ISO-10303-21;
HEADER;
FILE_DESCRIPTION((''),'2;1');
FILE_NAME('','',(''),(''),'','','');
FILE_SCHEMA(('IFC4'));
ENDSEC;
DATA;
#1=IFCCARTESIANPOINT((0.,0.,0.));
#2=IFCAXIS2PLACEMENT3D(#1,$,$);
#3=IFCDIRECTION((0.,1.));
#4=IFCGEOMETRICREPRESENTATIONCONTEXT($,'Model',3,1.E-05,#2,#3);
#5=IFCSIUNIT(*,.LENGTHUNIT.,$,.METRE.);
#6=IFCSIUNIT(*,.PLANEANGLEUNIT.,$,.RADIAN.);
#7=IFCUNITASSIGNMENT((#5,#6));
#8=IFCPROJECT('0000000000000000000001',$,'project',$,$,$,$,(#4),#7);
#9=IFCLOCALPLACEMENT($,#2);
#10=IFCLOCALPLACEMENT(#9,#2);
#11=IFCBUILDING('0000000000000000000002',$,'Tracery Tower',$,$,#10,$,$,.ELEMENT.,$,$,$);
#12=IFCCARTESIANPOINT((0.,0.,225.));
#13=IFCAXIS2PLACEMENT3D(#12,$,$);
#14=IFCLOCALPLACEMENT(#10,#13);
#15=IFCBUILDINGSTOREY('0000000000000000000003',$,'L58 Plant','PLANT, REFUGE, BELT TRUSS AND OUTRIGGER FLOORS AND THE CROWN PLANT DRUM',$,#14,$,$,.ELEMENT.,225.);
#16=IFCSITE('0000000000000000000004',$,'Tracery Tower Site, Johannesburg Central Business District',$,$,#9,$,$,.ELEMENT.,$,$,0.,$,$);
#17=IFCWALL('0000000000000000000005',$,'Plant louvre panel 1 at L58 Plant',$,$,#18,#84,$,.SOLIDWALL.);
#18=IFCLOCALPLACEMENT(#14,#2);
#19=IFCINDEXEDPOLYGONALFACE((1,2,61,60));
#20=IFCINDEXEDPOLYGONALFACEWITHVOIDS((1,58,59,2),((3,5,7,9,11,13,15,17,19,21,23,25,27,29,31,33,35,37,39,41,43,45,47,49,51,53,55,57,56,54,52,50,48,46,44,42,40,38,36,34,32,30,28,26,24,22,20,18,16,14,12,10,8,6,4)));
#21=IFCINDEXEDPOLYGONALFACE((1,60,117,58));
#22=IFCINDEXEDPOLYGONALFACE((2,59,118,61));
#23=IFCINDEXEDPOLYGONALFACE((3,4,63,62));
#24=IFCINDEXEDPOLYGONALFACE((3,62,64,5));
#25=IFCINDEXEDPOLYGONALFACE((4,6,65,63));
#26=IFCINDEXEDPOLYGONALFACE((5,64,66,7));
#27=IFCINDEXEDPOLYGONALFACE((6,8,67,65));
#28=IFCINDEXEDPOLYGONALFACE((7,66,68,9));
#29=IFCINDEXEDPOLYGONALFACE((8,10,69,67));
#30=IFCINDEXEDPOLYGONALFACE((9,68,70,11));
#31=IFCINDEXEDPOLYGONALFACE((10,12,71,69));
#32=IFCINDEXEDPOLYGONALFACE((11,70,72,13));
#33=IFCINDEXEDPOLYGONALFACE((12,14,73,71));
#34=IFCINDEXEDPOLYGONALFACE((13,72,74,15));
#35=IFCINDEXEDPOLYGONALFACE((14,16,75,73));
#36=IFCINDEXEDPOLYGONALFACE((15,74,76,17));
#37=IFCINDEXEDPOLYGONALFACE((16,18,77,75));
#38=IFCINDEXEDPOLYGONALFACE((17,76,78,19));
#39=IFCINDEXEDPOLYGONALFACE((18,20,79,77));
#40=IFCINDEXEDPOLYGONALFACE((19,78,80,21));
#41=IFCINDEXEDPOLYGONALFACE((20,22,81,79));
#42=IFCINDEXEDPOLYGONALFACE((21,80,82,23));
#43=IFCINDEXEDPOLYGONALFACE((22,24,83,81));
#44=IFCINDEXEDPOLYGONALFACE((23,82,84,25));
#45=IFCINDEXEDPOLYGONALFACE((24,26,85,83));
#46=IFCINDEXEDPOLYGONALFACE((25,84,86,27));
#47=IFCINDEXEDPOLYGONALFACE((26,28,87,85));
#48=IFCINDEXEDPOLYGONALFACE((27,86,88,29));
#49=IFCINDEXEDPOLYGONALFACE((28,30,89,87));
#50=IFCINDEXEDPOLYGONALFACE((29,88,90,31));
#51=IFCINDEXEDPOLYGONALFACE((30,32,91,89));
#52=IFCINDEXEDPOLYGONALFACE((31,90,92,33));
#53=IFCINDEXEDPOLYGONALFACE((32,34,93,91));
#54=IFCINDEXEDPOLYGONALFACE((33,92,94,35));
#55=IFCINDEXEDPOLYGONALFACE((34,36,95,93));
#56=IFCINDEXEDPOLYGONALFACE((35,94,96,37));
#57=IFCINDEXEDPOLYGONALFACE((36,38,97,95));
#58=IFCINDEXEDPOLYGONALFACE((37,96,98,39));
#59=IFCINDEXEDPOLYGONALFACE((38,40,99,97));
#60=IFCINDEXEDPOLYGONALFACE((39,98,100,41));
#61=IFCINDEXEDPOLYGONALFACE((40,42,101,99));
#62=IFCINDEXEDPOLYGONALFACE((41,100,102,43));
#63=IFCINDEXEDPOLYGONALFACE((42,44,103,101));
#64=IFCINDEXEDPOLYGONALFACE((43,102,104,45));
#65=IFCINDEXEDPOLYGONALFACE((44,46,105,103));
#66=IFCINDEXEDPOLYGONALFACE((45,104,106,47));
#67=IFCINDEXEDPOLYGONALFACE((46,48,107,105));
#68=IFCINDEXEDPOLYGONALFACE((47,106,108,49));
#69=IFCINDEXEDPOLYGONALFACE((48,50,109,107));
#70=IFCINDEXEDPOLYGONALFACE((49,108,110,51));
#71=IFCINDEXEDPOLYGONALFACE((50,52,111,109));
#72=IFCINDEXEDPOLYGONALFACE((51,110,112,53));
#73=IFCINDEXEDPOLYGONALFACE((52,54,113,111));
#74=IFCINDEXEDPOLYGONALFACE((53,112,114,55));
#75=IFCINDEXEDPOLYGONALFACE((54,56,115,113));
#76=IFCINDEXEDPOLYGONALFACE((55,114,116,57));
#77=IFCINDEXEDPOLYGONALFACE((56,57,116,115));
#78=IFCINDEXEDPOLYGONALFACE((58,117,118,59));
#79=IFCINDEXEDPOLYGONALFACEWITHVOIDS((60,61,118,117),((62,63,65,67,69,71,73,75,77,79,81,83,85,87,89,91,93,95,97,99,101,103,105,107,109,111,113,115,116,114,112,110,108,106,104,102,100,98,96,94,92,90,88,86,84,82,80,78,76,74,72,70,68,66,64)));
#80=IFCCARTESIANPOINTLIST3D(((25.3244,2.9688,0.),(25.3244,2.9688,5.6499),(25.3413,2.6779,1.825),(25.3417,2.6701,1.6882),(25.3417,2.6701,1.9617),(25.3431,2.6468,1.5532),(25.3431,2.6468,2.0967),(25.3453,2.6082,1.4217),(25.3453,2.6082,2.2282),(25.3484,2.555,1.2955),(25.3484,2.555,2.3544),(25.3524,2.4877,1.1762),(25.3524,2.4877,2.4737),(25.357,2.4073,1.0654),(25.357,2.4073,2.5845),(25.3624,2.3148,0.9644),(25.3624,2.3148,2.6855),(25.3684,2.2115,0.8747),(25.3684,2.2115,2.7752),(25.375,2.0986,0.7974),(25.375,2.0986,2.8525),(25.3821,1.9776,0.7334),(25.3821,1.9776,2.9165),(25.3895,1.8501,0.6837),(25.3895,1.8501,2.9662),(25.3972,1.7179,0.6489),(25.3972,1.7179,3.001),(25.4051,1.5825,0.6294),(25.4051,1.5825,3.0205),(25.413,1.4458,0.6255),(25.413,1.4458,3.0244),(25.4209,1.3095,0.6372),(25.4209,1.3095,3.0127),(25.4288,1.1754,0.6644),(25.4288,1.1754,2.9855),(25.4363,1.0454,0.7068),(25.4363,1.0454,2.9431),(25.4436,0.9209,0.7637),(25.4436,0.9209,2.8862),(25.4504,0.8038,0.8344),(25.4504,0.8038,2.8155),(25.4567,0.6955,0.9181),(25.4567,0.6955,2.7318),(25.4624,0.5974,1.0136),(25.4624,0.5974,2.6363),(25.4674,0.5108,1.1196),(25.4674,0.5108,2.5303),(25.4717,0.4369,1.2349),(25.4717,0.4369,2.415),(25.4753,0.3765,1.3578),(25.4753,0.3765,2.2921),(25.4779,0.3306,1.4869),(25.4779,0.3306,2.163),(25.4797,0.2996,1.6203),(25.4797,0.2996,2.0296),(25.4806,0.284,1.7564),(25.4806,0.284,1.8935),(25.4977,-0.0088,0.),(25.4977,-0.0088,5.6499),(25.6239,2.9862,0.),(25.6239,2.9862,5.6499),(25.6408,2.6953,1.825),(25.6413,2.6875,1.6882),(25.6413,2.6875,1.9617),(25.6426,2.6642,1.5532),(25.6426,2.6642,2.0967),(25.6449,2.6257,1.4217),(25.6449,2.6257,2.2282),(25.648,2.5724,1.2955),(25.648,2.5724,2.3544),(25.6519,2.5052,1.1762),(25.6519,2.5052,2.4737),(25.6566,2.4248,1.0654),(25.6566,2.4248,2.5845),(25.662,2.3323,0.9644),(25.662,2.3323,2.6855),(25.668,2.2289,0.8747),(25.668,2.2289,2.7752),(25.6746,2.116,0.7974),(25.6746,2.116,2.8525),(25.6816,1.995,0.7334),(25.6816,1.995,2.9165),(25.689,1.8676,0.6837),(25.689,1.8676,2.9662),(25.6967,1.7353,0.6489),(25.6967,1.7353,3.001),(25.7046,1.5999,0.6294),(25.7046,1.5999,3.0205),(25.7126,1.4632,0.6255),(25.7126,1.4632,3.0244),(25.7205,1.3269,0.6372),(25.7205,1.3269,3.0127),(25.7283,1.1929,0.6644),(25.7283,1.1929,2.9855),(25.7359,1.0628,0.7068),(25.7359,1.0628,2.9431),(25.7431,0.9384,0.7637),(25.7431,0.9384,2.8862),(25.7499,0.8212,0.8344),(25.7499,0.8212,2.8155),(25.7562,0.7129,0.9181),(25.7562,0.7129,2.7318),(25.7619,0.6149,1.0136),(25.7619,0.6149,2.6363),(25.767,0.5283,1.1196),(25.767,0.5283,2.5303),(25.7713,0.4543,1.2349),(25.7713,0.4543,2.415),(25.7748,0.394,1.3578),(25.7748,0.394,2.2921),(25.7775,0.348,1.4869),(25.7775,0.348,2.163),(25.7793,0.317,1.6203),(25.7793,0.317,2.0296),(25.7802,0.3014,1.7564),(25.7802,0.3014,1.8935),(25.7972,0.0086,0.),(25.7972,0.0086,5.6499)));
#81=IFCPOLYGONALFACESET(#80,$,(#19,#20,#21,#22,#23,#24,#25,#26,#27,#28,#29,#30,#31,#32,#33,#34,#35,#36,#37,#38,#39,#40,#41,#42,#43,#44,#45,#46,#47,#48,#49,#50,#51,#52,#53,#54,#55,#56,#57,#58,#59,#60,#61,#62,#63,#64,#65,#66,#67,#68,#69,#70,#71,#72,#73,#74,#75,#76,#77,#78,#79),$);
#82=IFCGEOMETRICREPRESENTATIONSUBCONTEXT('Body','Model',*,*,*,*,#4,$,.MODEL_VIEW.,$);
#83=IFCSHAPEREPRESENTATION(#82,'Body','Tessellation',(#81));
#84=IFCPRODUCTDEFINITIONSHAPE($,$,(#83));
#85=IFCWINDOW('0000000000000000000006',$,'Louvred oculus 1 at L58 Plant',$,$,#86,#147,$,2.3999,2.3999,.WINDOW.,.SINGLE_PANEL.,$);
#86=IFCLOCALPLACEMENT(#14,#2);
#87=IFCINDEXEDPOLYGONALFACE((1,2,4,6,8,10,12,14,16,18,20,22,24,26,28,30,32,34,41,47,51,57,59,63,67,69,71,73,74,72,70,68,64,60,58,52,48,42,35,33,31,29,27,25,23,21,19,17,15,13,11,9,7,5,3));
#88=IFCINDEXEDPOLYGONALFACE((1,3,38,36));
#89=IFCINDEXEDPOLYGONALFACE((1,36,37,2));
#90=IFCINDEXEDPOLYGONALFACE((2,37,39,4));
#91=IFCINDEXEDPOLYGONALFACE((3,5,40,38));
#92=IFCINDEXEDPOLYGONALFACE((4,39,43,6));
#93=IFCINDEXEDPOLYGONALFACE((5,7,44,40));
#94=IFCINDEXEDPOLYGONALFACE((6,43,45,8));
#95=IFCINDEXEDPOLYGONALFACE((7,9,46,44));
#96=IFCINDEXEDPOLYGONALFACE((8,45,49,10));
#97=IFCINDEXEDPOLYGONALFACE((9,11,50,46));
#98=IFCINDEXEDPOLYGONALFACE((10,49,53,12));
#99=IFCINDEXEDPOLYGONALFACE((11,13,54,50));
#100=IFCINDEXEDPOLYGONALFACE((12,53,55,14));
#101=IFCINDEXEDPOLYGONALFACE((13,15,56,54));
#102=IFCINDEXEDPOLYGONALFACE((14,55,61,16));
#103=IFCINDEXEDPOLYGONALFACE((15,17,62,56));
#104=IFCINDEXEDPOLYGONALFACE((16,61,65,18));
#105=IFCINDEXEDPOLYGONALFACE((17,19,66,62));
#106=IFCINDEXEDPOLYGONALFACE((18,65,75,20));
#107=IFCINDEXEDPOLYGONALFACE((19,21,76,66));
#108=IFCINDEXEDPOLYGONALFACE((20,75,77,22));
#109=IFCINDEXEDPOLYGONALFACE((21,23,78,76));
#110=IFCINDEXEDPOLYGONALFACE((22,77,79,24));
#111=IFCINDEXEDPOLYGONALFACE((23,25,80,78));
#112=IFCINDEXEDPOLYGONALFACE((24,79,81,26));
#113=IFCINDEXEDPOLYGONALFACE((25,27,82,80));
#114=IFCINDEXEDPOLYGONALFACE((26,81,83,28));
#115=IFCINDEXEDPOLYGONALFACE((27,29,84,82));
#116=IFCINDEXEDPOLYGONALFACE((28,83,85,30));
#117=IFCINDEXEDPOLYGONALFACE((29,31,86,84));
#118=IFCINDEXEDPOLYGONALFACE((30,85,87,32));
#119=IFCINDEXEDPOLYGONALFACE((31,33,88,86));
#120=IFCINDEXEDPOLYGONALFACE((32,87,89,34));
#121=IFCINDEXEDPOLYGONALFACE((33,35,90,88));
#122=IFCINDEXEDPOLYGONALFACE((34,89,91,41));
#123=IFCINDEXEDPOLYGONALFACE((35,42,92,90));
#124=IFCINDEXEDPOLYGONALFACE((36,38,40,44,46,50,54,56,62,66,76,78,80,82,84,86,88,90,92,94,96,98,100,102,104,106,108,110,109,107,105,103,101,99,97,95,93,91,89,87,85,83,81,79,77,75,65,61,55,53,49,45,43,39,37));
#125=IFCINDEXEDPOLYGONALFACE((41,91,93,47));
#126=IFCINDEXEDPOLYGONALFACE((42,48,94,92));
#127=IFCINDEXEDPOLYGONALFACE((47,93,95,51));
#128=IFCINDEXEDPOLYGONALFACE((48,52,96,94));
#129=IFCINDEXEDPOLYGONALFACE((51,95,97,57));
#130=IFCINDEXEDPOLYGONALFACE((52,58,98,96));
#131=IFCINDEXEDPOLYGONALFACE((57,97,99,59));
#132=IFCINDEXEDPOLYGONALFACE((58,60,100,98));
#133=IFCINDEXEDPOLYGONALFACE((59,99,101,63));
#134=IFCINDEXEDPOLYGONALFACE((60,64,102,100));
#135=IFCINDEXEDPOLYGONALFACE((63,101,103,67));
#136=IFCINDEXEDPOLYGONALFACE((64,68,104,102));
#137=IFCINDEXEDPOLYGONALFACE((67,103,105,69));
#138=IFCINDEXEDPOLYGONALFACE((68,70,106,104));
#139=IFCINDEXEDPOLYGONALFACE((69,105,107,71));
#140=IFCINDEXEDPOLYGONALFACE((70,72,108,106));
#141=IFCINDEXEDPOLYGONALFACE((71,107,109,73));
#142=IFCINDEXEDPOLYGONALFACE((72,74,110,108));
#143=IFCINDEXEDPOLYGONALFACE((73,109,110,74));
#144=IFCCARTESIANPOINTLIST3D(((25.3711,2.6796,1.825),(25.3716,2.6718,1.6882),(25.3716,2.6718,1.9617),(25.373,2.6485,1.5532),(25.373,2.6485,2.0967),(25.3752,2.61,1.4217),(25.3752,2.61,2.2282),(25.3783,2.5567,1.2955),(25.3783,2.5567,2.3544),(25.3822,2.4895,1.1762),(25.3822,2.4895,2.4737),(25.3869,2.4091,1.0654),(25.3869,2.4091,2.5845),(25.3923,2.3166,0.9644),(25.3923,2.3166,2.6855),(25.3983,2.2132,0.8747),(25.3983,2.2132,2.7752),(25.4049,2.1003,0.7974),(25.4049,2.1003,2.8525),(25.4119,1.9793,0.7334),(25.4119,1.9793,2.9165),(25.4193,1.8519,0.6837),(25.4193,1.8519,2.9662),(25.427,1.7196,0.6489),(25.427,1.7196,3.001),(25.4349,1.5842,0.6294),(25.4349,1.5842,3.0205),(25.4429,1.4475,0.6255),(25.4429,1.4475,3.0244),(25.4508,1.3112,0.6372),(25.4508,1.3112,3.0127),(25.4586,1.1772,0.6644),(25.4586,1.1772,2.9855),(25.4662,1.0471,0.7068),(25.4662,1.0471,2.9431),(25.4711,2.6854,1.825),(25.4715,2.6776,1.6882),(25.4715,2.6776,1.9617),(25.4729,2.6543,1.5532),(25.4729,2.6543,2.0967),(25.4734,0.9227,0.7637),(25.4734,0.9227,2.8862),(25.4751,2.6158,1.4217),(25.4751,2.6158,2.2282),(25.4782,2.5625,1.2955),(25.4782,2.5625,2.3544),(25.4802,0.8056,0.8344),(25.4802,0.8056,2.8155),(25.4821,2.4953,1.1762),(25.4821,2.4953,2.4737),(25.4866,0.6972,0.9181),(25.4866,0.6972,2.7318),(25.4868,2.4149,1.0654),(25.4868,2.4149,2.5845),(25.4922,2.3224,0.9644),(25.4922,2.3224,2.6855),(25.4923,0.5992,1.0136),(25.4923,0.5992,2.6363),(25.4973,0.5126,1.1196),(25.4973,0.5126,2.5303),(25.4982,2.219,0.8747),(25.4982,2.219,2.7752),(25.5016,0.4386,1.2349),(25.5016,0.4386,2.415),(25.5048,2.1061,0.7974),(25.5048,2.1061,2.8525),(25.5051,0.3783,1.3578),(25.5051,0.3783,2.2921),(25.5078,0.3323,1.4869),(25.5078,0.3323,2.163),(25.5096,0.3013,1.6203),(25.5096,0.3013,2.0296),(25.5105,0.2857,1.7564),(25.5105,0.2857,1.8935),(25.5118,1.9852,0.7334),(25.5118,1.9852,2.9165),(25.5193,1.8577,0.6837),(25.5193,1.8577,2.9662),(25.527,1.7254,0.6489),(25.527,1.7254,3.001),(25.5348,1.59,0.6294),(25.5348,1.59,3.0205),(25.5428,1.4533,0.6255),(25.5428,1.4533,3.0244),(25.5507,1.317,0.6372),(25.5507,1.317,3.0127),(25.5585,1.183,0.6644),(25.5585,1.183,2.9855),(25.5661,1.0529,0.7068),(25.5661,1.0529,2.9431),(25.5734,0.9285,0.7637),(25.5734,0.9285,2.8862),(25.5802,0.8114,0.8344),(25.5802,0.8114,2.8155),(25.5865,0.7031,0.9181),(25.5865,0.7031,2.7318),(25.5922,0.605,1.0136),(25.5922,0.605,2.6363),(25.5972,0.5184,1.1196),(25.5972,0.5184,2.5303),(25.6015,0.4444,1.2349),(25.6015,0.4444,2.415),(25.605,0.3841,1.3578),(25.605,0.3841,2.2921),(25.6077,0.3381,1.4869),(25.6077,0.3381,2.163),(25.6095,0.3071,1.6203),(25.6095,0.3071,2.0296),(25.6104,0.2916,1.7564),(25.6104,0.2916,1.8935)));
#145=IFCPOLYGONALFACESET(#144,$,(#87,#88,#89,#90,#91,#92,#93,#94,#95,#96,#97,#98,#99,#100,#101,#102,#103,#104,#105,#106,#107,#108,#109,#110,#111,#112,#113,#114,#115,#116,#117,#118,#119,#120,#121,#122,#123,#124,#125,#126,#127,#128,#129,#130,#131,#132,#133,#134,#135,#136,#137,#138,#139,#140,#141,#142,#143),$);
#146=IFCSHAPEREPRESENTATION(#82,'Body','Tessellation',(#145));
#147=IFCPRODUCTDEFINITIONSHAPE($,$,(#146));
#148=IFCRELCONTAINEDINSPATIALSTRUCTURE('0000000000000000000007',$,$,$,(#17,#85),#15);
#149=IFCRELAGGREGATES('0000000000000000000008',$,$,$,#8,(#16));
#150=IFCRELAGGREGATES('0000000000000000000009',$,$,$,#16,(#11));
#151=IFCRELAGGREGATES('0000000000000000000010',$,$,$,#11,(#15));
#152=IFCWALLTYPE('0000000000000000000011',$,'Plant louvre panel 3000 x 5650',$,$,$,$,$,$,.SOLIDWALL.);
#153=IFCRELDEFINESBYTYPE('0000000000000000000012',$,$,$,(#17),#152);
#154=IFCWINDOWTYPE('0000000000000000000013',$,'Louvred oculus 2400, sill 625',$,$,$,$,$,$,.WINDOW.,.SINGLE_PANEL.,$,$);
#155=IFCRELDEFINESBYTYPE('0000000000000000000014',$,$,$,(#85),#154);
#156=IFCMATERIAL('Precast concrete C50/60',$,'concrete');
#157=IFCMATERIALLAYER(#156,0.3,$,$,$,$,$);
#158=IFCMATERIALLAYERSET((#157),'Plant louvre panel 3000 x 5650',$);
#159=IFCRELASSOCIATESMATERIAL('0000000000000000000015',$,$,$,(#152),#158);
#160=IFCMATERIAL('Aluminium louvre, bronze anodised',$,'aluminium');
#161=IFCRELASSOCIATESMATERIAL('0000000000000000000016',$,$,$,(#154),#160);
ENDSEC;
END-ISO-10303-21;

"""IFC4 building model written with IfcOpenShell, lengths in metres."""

from ifc_helpers import new_model, si_unit, direction, frame, frame_2d, origin, origin_2d, place, context, subcontext, project, spatial, rectangle, circle, extrude, material, layer, layer_set, type_object, element, fill, save


model = new_model("IFC4")

# Units and contexts
model_context = context("Model", 3, precision=1e-05, world=origin(), true_north=direction((0.0, 1.0)))
body_context = subcontext(model_context, "Body", "Model", "MODEL_VIEW")
ifc_project = project(units=[si_unit("LENGTHUNIT", "METRE"), si_unit("PLANEANGLEUNIT", "RADIAN")], contexts=[model_context])

# Site, building, storey
site_placement = place(None, origin())
site = spatial("IfcSite", under=ifc_project, at=site_placement, Name="Tracery Tower Site, Johannesburg Central Business District", CompositionType="ELEMENT", RefElevation=0.0)
building_placement = place(site_placement, origin())
building = spatial("IfcBuilding", under=site, at=building_placement, Name="Tracery Tower", CompositionType="ELEMENT")
storey_placement = place(building_placement, frame((0.0, 0.0, 225.0)))
storey = spatial("IfcBuildingStorey", under=building, at=storey_placement, Name="L58 Plant", Description="PLANT, REFUGE, BELT TRUSS AND OUTRIGGER FLOORS AND THE CROWN PLANT DRUM", CompositionType="ELEMENT", Elevation=225.0)

# Wall, opening, window
ifc_material_1 = material(Name="Precast concrete C50/60", Category="concrete")
ifc_layer_1 = layer(ifc_material_1, 0.3)
ifc_layer_set_1 = layer_set([ifc_layer_1], Name="Plant louvre panel 3000 x 5650")
wall_type_1 = type_object("IfcWallType", Name="Plant louvre panel 3000 x 5650", PredefinedType="SOLIDWALL", material=ifc_layer_set_1)
wall_1_placement = place(storey_placement, frame((25.6475, 0.0, 0.0), z_axis=(0.0, 0.0, 1.0), x_axis=(-0.058117, 0.99831, 0.0)))
wall_1 = element("IfcWall", 1, at=wall_1_placement, inside=storey, type_object=wall_type_1, Name="Plant louvre panel 1 at L58 Plant", PredefinedType="SOLIDWALL", context=body_context, shape_type="SweptSolid", body=[
    extrude(rectangle(XDim=2.9827, YDim=0.3, at=frame_2d((1.4912, 0.0))), origin(), (0.0, 0.0, 1.0), 5.6499),
])
opening_1_placement = place(wall_1_placement, frame((1.4912, 0.0, 1.825)))
opening_1 = element("IfcOpeningElement", 2, at=opening_1_placement, cuts=wall_1, PredefinedType="OPENING", context=body_context, shape_type="SweptSolid", body=[
    extrude(circle(Radius=1.2, at=origin_2d()), frame((0.0, 0.1599, 0.0), z_axis=(0.0, -1.0, 0.0), x_axis=(1.0, 0.0, 0.0)), (0.0, 0.0, 1.0), 0.3201),
])
ifc_material_2 = material(Name="Aluminium louvre, bronze anodised", Category="aluminium")
window_type = type_object("IfcWindowType", Name="Louvred oculus 2400, sill 625", PartitioningType="SINGLE_PANEL", PredefinedType="WINDOW", material=ifc_material_2)
window_1_placement = place(opening_1_placement, origin())
window_1 = element("IfcWindow", 3, at=window_1_placement, inside=storey, type_object=window_type, Name="Louvred oculus 1 at L58 Plant", OverallHeight=2.3999, OverallWidth=2.3999, PartitioningType="SINGLE_PANEL", PredefinedType="WINDOW", context=body_context, shape_type="SweptSolid", body=[
    extrude(circle(Radius=1.2, at=origin_2d()), frame((0.0, 0.1201, 0.0), z_axis=(0.0, -1.0, 0.0), x_axis=(1.0, 0.0, 0.0)), (0.0, 0.0, 1.0), 0.1001),
])
fill(opening_1, window_1)

save(model, "model.ifc")
